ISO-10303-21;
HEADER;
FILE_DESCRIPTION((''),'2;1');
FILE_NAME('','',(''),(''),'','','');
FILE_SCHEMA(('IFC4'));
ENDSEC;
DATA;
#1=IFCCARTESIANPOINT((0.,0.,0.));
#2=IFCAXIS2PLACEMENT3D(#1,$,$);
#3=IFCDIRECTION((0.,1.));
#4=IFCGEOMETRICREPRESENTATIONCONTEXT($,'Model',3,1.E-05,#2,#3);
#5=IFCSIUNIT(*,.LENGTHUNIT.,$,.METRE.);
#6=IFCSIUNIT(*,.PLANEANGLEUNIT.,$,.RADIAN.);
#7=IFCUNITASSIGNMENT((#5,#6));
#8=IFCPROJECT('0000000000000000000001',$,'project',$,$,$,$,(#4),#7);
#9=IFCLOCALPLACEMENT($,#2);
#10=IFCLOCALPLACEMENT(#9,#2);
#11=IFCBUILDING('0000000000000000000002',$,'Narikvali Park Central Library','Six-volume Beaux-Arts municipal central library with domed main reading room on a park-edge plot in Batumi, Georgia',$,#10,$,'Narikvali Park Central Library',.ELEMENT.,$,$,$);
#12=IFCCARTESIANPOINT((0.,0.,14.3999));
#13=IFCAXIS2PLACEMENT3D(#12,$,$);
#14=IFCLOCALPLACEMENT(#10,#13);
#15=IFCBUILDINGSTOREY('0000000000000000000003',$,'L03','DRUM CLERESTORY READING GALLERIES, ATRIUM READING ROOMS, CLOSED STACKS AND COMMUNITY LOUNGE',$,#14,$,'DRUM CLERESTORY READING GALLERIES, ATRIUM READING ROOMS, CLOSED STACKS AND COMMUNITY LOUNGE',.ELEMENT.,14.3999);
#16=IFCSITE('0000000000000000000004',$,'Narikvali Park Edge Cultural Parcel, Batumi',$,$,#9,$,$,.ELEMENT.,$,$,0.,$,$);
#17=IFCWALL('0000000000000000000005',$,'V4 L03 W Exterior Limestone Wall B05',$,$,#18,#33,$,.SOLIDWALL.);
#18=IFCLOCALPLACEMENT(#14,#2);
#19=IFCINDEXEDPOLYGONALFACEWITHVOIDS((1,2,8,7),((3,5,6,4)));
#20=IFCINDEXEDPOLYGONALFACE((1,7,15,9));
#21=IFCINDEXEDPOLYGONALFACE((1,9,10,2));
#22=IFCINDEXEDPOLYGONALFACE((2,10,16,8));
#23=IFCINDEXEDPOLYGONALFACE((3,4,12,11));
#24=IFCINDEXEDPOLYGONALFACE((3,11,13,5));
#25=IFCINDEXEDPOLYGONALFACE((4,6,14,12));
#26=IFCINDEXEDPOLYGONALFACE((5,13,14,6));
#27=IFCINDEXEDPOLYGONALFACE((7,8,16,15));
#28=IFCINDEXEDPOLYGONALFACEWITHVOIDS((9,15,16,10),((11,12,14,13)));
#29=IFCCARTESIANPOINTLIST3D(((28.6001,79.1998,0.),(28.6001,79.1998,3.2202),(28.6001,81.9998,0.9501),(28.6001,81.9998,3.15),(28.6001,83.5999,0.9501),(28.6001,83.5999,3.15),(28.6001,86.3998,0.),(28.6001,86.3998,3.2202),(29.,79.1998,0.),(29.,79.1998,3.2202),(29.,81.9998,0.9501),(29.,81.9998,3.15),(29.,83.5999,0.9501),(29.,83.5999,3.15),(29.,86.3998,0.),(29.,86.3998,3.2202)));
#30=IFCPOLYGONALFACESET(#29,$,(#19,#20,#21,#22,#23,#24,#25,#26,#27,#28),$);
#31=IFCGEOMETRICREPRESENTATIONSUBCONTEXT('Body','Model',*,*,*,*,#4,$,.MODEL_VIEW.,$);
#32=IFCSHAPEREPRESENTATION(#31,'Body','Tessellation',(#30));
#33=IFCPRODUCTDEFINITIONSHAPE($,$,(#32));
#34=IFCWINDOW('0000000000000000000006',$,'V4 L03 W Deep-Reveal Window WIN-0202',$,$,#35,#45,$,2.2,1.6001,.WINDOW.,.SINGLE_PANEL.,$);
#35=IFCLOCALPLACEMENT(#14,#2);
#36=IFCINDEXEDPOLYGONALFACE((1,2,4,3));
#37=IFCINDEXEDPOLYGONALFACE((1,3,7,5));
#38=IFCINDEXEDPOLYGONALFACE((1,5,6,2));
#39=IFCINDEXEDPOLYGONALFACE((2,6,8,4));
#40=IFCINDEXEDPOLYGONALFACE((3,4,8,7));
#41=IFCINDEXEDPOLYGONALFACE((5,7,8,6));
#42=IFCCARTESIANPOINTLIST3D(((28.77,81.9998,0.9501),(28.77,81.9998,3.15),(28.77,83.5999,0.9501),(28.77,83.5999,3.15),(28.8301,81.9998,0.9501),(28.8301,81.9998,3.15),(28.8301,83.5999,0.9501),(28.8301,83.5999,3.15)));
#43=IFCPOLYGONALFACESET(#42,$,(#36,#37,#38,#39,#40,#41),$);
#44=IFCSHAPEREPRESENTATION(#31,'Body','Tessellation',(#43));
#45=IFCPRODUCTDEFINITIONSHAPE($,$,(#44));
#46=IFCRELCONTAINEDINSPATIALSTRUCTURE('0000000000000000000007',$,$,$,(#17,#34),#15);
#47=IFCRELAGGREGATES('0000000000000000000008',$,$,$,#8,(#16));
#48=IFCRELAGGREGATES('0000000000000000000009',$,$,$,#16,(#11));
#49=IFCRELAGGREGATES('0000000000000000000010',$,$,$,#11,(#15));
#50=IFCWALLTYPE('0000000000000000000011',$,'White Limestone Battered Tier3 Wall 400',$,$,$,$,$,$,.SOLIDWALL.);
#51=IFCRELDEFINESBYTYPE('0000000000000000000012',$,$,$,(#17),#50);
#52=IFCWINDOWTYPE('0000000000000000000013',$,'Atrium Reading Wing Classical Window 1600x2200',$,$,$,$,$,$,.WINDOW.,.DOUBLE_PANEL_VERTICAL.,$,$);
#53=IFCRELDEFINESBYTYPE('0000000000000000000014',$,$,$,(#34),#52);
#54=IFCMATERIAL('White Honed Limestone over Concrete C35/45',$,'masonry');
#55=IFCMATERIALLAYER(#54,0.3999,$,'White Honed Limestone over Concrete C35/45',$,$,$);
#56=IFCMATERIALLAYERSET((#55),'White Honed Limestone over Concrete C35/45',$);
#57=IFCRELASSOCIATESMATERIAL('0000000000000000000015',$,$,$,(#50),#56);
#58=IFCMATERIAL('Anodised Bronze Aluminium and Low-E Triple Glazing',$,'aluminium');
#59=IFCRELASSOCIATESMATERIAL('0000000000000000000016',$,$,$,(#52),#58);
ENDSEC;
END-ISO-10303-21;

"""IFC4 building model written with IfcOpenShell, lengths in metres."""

from ifc_helpers import new_model, si_unit, direction, frame, frame_2d, origin, place, context, subcontext, project, spatial, rectangle, extrude, material, layer, layer_set, type_object, element, fill, save


model = new_model("IFC4")

# Units and contexts
model_context = context("Model", 3, precision=1e-05, world=origin(), true_north=direction((0.0, 1.0)))
body_context = subcontext(model_context, "Body", "Model", "MODEL_VIEW")
ifc_project = project(units=[si_unit("LENGTHUNIT", "METRE"), si_unit("PLANEANGLEUNIT", "RADIAN")], contexts=[model_context])

# Site, building, storey
site_placement = place(None, origin())
site = spatial("IfcSite", under=ifc_project, at=site_placement, Name="Narikvali Park Edge Cultural Parcel, Batumi", CompositionType="ELEMENT", RefElevation=0.0)
building_placement = place(site_placement, origin())
building = spatial("IfcBuilding", under=site, at=building_placement, Name="Narikvali Park Central Library", Description="Six-volume Beaux-Arts municipal central library with domed main reading room on a park-edge plot in Batumi, Georgia", LongName="Narikvali Park Central Library", CompositionType="ELEMENT")
storey_placement = place(building_placement, frame((0.0, 0.0, 14.3999)))
storey = spatial("IfcBuildingStorey", under=building, at=storey_placement, Name="L03", Description="DRUM CLERESTORY READING GALLERIES, ATRIUM READING ROOMS, CLOSED STACKS AND COMMUNITY LOUNGE", LongName="DRUM CLERESTORY READING GALLERIES, ATRIUM READING ROOMS, CLOSED STACKS AND COMMUNITY LOUNGE", CompositionType="ELEMENT", Elevation=14.3999)

# Wall, opening, window
ifc_material_1 = material(Name="White Honed Limestone over Concrete C35/45", Category="masonry")
ifc_layer_1 = layer(ifc_material_1, 0.3999, Name="White Honed Limestone over Concrete C35/45")
ifc_layer_set_1 = layer_set([ifc_layer_1], Name="White Honed Limestone over Concrete C35/45")
wall_type_1 = type_object("IfcWallType", Name="White Limestone Battered Tier3 Wall 400", PredefinedType="SOLIDWALL", material=ifc_layer_set_1)
wall_1_placement = place(storey_placement, frame((28.8, 86.3999, 0.0), z_axis=(0.0, 0.0, 1.0), x_axis=(0.0, -1.0, 0.0)))
wall_1 = element("IfcWall", 1, at=wall_1_placement, inside=storey, type_object=wall_type_1, Name="V4 L03 W Exterior Limestone Wall B05", PredefinedType="SOLIDWALL", context=body_context, shape_type="SweptSolid", body=[
    extrude(rectangle(XDim=7.2, YDim=0.3999, at=frame_2d((3.6001, 0.0))), origin(), (0.0, 0.0, 1.0), 3.2202),
])
opening_1_placement = place(wall_1_placement, frame((2.8, 0.0, 0.95)))
opening_1 = element("IfcOpeningElement", 2, at=opening_1_placement, cuts=wall_1, PredefinedType="OPENING", context=body_context, shape_type="SweptSolid", body=[
    extrude(rectangle(XDim=1.6001, YDim=2.2, at=frame_2d((0.8, 1.1001))), frame((0.0, 0.2119, 0.0), z_axis=(0.0, -1.0, 0.0), x_axis=(1.0, 0.0, 0.0)), (0.0, 0.0, 1.0), 0.4238),
])
ifc_material_2 = material(Name="Anodised Bronze Aluminium and Low-E Triple Glazing", Category="aluminium")
window_type = type_object("IfcWindowType", Name="Atrium Reading Wing Classical Window 1600x2200", PartitioningType="DOUBLE_PANEL_VERTICAL", PredefinedType="WINDOW", material=ifc_material_2)
window_placement = place(opening_1_placement, origin())
window = element("IfcWindow", 3, at=window_placement, inside=storey, type_object=window_type, Name="V4 L03 W Deep-Reveal Window WIN-0202", OverallHeight=2.2, OverallWidth=1.6001, PartitioningType="SINGLE_PANEL", PredefinedType="WINDOW", context=body_context, shape_type="SweptSolid", body=[
    extrude(rectangle(XDim=1.6001, YDim=2.2, at=frame_2d((0.8, 1.1001))), frame((0.0, 0.03, 0.0), z_axis=(0.0, -1.0, 0.0), x_axis=(1.0, 0.0, 0.0)), (0.0, 0.0, 1.0), 0.0601),
])
fill(opening_1, window)

save(model, "model.ifc")
